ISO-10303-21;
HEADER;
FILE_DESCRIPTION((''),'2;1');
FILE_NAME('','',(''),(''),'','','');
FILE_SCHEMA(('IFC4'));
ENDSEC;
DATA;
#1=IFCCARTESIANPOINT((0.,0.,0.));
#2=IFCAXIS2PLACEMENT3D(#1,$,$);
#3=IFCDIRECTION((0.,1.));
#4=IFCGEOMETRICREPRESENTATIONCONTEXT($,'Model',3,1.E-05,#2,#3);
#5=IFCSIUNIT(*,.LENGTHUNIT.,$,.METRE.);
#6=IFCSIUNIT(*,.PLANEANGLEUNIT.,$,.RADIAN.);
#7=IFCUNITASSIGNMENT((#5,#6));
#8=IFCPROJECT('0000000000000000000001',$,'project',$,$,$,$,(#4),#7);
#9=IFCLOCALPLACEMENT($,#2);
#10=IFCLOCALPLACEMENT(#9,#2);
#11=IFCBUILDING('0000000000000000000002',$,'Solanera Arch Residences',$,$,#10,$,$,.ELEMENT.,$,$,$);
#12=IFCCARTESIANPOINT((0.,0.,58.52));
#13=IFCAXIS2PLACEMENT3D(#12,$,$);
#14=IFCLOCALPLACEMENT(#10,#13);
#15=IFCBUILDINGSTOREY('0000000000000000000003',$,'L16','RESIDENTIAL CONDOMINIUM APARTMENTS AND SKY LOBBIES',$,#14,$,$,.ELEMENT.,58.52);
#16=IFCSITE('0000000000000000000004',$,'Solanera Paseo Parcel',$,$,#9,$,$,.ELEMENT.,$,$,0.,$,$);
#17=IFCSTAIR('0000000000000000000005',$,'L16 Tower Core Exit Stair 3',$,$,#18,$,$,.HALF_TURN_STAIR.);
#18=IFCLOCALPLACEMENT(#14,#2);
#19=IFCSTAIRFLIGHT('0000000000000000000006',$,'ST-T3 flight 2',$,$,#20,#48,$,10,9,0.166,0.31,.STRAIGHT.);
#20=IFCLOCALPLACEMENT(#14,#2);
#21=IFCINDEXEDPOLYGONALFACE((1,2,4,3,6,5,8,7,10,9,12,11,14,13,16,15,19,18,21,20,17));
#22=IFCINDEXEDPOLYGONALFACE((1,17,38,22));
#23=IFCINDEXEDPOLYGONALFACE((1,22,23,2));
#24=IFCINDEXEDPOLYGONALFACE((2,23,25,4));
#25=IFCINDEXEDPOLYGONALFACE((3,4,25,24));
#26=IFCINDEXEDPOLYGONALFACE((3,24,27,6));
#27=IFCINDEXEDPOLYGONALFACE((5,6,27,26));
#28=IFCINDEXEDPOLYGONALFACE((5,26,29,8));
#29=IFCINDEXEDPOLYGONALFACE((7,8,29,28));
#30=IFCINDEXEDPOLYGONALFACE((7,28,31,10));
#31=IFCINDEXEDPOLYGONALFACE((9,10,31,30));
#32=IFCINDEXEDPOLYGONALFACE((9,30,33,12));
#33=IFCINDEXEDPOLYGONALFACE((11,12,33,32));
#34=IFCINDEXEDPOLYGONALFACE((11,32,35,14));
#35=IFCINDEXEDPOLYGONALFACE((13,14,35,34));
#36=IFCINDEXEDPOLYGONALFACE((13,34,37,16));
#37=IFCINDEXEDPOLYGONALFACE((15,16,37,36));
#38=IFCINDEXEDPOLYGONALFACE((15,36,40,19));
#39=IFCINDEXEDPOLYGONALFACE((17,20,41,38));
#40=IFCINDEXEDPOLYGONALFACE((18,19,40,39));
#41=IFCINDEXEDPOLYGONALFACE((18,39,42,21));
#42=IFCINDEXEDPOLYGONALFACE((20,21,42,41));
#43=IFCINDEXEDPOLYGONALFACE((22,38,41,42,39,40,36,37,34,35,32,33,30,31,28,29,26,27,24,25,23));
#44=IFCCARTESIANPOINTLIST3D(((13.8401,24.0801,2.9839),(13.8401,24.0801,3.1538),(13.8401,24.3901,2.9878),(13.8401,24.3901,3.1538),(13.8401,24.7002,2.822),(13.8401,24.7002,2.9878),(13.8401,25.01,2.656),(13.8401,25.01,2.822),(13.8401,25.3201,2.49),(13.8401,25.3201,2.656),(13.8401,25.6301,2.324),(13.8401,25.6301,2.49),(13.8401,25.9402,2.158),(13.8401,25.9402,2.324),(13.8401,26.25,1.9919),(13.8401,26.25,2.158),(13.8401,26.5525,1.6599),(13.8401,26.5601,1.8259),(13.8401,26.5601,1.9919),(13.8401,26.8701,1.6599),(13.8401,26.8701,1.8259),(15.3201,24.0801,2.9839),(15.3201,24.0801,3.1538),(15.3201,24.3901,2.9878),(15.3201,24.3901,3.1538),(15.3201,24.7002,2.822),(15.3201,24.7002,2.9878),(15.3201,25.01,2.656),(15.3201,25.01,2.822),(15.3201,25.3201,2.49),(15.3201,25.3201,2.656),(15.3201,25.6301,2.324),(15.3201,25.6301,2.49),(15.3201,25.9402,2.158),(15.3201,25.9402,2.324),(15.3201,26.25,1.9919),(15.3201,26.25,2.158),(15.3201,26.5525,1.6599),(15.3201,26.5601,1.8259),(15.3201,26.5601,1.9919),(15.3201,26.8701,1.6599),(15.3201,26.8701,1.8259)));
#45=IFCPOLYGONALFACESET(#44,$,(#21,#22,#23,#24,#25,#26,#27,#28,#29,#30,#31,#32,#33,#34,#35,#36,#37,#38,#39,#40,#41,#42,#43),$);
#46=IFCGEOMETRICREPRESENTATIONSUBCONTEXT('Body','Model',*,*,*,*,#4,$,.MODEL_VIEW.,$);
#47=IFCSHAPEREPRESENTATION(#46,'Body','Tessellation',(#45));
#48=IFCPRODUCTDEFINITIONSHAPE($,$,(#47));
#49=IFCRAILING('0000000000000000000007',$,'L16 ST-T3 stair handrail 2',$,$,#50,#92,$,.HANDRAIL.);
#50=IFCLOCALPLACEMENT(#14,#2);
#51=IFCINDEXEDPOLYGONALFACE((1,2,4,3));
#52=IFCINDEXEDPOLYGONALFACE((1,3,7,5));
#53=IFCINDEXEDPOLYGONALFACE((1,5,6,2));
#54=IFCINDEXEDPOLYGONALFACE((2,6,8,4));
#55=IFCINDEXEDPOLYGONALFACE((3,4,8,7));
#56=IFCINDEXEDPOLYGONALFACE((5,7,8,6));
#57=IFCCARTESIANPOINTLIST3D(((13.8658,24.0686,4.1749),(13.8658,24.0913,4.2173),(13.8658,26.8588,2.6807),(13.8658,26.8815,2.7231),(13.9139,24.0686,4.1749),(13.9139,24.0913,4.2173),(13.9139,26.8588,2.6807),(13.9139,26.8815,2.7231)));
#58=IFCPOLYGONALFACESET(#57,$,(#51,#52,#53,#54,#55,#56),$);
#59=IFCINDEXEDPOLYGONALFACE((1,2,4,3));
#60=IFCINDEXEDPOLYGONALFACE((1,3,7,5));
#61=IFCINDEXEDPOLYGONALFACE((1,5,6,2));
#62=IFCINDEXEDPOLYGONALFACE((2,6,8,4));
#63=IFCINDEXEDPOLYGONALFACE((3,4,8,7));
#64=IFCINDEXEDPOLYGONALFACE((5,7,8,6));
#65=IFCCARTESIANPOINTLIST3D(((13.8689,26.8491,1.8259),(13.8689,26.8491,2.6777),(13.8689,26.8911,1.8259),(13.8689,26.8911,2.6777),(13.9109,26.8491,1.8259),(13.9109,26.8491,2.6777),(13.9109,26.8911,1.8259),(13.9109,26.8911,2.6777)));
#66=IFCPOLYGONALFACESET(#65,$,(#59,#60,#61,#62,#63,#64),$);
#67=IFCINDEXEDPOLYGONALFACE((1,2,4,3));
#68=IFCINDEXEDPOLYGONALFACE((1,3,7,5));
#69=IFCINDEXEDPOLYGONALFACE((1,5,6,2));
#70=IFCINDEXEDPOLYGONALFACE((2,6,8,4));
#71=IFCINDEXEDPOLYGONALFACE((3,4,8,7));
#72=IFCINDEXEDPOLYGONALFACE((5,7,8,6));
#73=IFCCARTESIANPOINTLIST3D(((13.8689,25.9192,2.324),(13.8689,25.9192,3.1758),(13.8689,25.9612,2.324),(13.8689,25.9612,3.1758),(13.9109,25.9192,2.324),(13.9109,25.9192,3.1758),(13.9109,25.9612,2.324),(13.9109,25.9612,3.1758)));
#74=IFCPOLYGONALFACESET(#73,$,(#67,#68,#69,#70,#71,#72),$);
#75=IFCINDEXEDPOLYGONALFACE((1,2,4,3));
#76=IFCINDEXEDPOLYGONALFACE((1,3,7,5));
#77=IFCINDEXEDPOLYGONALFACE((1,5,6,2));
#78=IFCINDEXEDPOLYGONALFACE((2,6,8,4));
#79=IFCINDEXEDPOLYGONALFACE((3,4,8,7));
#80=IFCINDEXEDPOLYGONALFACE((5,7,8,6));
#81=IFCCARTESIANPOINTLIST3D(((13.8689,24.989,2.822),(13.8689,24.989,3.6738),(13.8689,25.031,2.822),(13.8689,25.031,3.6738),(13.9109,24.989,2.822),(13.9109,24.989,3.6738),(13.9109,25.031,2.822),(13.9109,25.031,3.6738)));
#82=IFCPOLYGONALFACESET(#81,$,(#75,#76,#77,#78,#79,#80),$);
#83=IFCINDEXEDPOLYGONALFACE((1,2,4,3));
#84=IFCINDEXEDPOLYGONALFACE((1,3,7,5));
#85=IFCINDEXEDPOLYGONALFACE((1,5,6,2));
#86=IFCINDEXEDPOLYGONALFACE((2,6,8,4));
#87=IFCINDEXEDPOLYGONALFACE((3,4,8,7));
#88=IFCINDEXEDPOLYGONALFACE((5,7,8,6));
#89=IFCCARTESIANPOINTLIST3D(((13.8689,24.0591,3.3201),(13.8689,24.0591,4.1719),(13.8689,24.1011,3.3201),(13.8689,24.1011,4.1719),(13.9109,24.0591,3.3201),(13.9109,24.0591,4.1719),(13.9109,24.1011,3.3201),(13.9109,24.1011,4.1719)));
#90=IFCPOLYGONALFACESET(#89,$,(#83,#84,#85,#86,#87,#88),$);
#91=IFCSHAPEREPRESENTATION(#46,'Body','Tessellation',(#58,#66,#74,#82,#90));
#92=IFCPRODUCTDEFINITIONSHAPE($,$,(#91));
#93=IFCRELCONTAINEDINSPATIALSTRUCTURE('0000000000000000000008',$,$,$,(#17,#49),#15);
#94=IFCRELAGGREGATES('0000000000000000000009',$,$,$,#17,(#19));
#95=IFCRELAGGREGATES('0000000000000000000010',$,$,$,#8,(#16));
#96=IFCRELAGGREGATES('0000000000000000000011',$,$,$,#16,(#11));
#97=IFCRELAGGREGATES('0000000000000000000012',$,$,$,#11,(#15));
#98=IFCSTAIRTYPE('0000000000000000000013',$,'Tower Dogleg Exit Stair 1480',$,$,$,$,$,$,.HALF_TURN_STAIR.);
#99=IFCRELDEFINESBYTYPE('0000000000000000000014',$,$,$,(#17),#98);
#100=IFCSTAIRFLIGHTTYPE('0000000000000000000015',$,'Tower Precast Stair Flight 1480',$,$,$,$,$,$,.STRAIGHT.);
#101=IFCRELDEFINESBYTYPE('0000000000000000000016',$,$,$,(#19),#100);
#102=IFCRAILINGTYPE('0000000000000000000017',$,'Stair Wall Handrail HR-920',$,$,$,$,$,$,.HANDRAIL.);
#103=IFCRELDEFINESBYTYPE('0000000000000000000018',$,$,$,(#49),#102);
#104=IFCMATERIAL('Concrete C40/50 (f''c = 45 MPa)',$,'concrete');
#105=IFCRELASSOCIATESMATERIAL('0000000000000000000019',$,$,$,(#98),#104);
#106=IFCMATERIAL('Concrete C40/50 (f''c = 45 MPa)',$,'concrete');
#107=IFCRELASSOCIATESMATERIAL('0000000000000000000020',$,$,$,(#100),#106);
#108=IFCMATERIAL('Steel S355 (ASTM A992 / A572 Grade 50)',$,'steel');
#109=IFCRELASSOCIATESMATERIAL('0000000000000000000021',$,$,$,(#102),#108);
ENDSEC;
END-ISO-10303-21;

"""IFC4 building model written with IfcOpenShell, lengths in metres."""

from ifc_helpers import new_model, si_unit, direction, frame, origin, origin_2d, place, context, subcontext, project, spatial, polyline, rectangle, outline, extrude, material, type_object, element, aggregate, save


model = new_model("IFC4")

# Units and contexts
model_context = context("Model", 3, precision=1e-05, world=origin(), true_north=direction((0.0, 1.0)))
body_context = subcontext(model_context, "Body", "Model", "MODEL_VIEW")
ifc_project = project(units=[si_unit("LENGTHUNIT", "METRE"), si_unit("PLANEANGLEUNIT", "RADIAN")], contexts=[model_context])

# Site, building, storey
site_placement = place(None, origin())
site = spatial("IfcSite", under=ifc_project, at=site_placement, Name="Solanera Paseo Parcel", CompositionType="ELEMENT", RefElevation=0.0)
building_placement = place(site_placement, origin())
building = spatial("IfcBuilding", under=site, at=building_placement, Name="Solanera Arch Residences", CompositionType="ELEMENT")
storey_placement = place(building_placement, frame((0.0, 0.0, 58.52)))
storey = spatial("IfcBuildingStorey", under=building, at=storey_placement, Name="L16", Description="RESIDENTIAL CONDOMINIUM APARTMENTS AND SKY LOBBIES", CompositionType="ELEMENT", Elevation=58.52)

# Stair, stair flight
ifc_material_1 = material(Name="Concrete C40/50 (f'c = 45 MPa)", Category="concrete")
stair_type = type_object("IfcStairType", Name="Tower Dogleg Exit Stair 1480", PredefinedType="HALF_TURN_STAIR", material=ifc_material_1)
stair_placement = place(storey_placement, origin())
stair = element("IfcStair", 1, at=stair_placement, inside=storey, type_object=stair_type, Name="L16 Tower Core Exit Stair 3", PredefinedType="HALF_TURN_STAIR")
ifc_material_2 = material(Name="Concrete C40/50 (f'c = 45 MPa)", Category="concrete")
stair_flight_type = type_object("IfcStairFlightType", Name="Tower Precast Stair Flight 1480", PredefinedType="STRAIGHT", material=ifc_material_2)
stair_flight_placement = place(storey_placement, frame((14.5801, 26.8701, 1.6599), z_axis=(0.0, 0.0, 1.0), x_axis=(0.0, -1.0, 0.0)))
stair_flight = element("IfcStairFlight", 2, at=stair_flight_placement, type_object=stair_flight_type, Name="ST-T3 flight 2", NumberOfRisers=10, NumberOfTreads=9, PredefinedType="STRAIGHT", RiserHeight=0.166, TreadLength=0.31, context=body_context, shape_type="SweptSolid", body=[
    extrude(outline(polyline([(0.0, 0.0), (0.0, 0.166), (0.3101, 0.166), (0.3101, 0.332), (0.6201, 0.332), (0.6201, 0.498), (0.9299, 0.498), (0.9299, 0.6641), (1.24, 0.6641), (1.24, 0.8301), (1.55, 0.8301), (1.55, 0.9961), (1.8601, 0.9961), (1.8601, 1.1621), (2.1699, 1.1621), (2.1699, 1.3279), (2.48, 1.3279), (2.48, 1.4939), (2.79, 1.4939), (2.79, 1.6599), (2.79, 1.324), (0.3176, 0.0), (0.0, 0.0)])), frame((0.0, 0.74, 0.0), z_axis=(0.0, -1.0, 0.0), x_axis=(1.0, 0.0, 0.0)), (0.0, 0.0, 1.0), 1.48),
])
aggregate(stair, [stair_flight])

# Railing
ifc_material_3 = material(Name="Steel S355 (ASTM A992 / A572 Grade 50)", Category="steel")
railing_type = type_object("IfcRailingType", Name="Stair Wall Handrail HR-920", PredefinedType="HANDRAIL", material=ifc_material_3)
railing_placement = place(storey_placement, frame((13.8899, 26.8701, 1.8259)))
element("IfcRailing", 3, at=railing_placement, inside=storey, type_object=railing_type, Name="L16 ST-T3 stair handrail 2", PredefinedType="HANDRAIL", context=body_context, shape_type="SweptSolid", body=[
    extrude(rectangle(XDim=0.0481, YDim=0.0481, at=origin_2d()), frame((0.0, 0.0, 0.876), z_axis=(0.0, -0.881549, 0.472093), x_axis=(1.0, 0.0, 0.0)), (0.0, 0.0, 1.0), 3.165),
    extrude(rectangle(XDim=0.042, YDim=0.042, at=origin_2d()), origin(), (0.0, 0.0, 1.0), 0.8518),
    extrude(rectangle(XDim=0.042, YDim=0.042, at=origin_2d()), frame((0.0, -0.9299, 0.498)), (0.0, 0.0, 1.0), 0.8518),
    extrude(rectangle(XDim=0.042, YDim=0.042, at=origin_2d()), frame((0.0, -1.8601, 0.9961)), (0.0, 0.0, 1.0), 0.8518),
    extrude(rectangle(XDim=0.042, YDim=0.042, at=origin_2d()), frame((0.0, -2.79, 1.4941)), (0.0, 0.0, 1.0), 0.8518),
])

save(model, "model.ifc")
